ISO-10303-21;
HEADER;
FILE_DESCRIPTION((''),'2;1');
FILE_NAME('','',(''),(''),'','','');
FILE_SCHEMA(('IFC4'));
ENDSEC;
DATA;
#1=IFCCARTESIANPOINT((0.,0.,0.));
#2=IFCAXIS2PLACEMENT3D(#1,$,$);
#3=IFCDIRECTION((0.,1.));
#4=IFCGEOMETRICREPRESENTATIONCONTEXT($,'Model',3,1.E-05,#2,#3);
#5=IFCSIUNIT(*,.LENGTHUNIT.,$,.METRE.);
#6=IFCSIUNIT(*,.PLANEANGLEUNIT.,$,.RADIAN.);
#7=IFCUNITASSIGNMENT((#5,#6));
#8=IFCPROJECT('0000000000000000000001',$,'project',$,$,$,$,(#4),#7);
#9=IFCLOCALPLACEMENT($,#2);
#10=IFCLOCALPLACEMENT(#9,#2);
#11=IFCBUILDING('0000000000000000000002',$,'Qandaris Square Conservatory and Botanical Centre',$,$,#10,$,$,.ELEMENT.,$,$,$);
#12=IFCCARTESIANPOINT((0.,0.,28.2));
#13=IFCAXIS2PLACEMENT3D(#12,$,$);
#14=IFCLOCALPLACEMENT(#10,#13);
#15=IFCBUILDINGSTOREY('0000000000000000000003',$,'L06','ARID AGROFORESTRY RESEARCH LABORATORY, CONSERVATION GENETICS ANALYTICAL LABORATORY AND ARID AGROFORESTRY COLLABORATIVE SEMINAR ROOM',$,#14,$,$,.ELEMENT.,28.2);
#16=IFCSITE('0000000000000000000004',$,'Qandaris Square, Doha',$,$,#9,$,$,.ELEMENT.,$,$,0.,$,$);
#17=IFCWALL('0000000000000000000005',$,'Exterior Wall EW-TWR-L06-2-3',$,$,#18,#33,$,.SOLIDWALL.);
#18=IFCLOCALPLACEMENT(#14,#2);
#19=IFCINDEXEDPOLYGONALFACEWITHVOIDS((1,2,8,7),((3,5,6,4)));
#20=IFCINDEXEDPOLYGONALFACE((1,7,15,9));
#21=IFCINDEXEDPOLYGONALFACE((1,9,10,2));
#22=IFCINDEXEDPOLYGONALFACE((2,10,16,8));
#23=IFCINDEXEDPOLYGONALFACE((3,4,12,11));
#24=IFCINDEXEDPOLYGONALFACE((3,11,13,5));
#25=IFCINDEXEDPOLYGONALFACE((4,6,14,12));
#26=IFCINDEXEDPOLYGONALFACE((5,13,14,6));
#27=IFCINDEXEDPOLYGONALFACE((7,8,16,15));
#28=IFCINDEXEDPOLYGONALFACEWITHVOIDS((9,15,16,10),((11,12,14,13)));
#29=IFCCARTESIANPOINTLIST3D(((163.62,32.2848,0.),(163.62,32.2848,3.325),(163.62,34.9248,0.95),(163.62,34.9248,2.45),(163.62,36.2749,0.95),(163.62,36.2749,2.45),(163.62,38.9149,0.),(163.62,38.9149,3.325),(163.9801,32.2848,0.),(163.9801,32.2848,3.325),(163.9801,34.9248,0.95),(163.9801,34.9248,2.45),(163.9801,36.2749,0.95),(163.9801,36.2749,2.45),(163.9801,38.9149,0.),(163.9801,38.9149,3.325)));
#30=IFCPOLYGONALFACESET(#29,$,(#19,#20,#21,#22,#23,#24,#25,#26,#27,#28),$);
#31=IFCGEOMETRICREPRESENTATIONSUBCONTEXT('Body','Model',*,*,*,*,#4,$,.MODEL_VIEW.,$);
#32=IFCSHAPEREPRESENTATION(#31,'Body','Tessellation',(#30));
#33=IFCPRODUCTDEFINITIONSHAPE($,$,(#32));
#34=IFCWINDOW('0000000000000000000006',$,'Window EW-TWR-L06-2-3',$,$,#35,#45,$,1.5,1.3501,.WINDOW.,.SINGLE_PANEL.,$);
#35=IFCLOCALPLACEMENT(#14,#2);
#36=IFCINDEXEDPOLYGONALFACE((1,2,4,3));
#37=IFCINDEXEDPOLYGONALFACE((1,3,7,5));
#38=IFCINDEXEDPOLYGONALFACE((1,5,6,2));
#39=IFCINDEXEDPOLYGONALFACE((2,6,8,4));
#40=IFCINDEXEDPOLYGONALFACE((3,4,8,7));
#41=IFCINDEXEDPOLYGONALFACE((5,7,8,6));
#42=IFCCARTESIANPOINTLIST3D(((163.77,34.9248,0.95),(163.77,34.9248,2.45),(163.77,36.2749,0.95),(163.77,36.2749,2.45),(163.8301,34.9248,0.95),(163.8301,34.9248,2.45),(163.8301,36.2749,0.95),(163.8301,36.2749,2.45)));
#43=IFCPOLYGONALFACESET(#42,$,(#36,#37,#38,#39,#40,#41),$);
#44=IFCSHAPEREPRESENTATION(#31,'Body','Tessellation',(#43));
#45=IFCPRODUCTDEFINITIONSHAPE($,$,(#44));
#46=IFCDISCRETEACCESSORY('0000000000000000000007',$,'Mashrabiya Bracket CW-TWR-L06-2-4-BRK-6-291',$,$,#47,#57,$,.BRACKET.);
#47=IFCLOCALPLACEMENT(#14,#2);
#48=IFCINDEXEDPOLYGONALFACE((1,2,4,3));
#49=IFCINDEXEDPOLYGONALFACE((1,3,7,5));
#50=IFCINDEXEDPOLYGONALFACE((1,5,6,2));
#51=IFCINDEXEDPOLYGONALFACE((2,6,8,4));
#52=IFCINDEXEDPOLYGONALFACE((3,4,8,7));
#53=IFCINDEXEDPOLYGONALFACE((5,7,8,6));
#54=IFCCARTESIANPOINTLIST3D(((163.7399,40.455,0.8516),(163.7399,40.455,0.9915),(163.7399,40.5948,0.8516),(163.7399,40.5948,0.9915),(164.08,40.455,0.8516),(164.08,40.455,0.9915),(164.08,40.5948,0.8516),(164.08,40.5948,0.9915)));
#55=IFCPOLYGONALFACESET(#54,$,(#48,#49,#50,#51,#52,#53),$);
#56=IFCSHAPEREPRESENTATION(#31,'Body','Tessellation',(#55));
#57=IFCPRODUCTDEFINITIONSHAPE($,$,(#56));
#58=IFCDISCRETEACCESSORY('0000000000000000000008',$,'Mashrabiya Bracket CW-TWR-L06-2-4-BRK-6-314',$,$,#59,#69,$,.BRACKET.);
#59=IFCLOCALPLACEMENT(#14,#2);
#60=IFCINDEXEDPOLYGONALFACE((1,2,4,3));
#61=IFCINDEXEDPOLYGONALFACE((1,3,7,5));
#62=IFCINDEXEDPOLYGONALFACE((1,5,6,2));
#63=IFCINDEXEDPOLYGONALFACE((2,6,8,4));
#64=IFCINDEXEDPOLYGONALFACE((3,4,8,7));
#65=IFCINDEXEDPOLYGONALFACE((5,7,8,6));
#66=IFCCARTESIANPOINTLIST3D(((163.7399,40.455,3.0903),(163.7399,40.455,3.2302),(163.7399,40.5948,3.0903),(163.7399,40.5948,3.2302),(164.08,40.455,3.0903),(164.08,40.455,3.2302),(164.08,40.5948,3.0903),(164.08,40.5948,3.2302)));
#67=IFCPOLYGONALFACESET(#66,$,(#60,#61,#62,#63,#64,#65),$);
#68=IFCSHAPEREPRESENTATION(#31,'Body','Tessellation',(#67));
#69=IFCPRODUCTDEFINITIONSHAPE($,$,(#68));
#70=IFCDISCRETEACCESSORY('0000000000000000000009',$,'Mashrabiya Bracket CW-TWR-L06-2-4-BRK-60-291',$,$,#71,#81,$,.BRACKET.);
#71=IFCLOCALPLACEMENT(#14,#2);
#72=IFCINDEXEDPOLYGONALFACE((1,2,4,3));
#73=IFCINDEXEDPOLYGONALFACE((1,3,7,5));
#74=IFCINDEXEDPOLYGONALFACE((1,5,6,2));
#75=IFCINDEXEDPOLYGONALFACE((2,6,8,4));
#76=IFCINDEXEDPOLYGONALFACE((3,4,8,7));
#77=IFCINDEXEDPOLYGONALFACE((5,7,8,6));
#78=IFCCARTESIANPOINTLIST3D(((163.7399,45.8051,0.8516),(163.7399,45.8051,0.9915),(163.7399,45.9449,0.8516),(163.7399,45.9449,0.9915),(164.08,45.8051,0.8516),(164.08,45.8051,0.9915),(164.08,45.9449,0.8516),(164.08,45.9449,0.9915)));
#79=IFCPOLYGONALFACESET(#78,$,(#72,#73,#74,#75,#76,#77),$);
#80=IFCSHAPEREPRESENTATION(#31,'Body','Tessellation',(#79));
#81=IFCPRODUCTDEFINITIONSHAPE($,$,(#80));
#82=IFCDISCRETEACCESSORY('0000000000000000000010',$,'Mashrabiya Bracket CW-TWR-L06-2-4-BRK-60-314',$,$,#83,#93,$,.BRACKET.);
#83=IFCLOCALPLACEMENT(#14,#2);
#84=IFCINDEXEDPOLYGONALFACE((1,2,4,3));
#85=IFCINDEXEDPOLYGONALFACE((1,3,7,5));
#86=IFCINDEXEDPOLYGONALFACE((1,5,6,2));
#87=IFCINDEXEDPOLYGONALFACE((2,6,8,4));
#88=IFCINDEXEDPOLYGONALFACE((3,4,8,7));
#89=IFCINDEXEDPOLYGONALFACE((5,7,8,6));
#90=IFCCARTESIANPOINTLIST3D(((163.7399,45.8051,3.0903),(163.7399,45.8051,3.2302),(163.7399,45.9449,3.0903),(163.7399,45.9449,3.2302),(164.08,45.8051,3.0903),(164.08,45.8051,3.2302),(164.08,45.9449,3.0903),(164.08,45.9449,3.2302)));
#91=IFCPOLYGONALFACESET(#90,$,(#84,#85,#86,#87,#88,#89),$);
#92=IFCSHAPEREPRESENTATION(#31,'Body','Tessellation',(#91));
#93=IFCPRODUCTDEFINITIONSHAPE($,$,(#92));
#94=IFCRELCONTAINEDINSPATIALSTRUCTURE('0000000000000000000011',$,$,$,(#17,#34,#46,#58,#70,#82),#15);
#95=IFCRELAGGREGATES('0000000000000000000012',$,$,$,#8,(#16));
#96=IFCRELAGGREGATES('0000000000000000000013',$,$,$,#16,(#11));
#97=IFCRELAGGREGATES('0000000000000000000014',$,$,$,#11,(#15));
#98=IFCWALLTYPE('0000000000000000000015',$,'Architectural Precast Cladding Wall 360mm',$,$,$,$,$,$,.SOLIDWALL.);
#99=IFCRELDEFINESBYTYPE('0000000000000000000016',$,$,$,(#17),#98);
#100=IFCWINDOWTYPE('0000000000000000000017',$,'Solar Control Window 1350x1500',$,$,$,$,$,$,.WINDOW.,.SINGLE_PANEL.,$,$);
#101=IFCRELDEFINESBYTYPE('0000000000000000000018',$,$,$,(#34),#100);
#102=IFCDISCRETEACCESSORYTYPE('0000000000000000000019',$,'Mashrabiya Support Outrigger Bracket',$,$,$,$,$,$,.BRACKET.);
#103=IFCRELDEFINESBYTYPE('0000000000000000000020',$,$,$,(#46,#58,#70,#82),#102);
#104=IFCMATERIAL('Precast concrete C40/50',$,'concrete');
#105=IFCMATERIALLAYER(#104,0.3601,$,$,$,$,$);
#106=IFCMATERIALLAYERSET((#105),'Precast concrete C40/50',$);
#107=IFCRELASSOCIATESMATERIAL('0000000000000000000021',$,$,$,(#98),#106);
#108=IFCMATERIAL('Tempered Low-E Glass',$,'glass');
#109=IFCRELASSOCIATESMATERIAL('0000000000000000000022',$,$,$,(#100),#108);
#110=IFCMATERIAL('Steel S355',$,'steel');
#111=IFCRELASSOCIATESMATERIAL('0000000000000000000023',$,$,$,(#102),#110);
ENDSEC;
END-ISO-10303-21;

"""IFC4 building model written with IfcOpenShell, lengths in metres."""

from ifc_helpers import new_model, si_unit, direction, frame, frame_2d, origin, origin_2d, place, context, subcontext, project, spatial, rectangle, extrude, material, layer, layer_set, type_object, element, fill, save


model = new_model("IFC4")

# Units and contexts
model_context = context("Model", 3, precision=1e-05, world=origin(), true_north=direction((0.0, 1.0)))
body_context = subcontext(model_context, "Body", "Model", "MODEL_VIEW")
ifc_project = project(units=[si_unit("LENGTHUNIT", "METRE"), si_unit("PLANEANGLEUNIT", "RADIAN")], contexts=[model_context])

# Site, building, storey
site_placement = place(None, origin())
site = spatial("IfcSite", under=ifc_project, at=site_placement, Name="Qandaris Square, Doha", CompositionType="ELEMENT", RefElevation=0.0)
building_placement = place(site_placement, origin())
building = spatial("IfcBuilding", under=site, at=building_placement, Name="Qandaris Square Conservatory and Botanical Centre", CompositionType="ELEMENT")
storey_placement = place(building_placement, frame((0.0, 0.0, 28.2)))
storey = spatial("IfcBuildingStorey", under=building, at=storey_placement, Name="L06", Description="ARID AGROFORESTRY RESEARCH LABORATORY, CONSERVATION GENETICS ANALYTICAL LABORATORY AND ARID AGROFORESTRY COLLABORATIVE SEMINAR ROOM", CompositionType="ELEMENT", Elevation=28.2)

# Shared definitions
ifc_material_1 = material(Name="Steel S355", Category="steel")

# Shared definitions
ifc_material_2 = material(Name="Tempered Low-E Glass", Category="glass")

# Wall, opening, window
ifc_material_3 = material(Name="Precast concrete C40/50", Category="concrete")
ifc_layer_1 = layer(ifc_material_3, 0.3601)
ifc_layer_set_1 = layer_set([ifc_layer_1], Name="Precast concrete C40/50")
wall_type = type_object("IfcWallType", Name="Architectural Precast Cladding Wall 360mm", PredefinedType="SOLIDWALL", material=ifc_layer_set_1)
wall_placement = place(storey_placement, frame((163.8, 32.2849, 0.0), z_axis=(0.0, 0.0, 1.0), x_axis=(0.0, 1.0, 0.0)))
wall = element("IfcWall", 1, at=wall_placement, inside=storey, type_object=wall_type, Name="Exterior Wall EW-TWR-L06-2-3", PredefinedType="SOLIDWALL", context=body_context, shape_type="SweptSolid", body=[
    extrude(rectangle(XDim=6.6301, YDim=0.3601, at=frame_2d((3.3149, 0.0))), origin(), (0.0, 0.0, 1.0), 3.325),
])
opening_placement = place(wall_placement, frame((2.6399, 0.0, 0.95)))
opening = element("IfcOpeningElement", 2, at=opening_placement, cuts=wall, PredefinedType="OPENING", context=body_context, shape_type="SweptSolid", body=[
    extrude(rectangle(XDim=1.3501, YDim=1.5, at=frame_2d((0.675, 0.75))), frame((0.0, 0.1919, 0.0), z_axis=(0.0, -1.0, 0.0), x_axis=(1.0, 0.0, 0.0)), (0.0, 0.0, 1.0), 0.384),
])
window_type = type_object("IfcWindowType", Name="Solar Control Window 1350x1500", PartitioningType="SINGLE_PANEL", PredefinedType="WINDOW", material=ifc_material_2)
window_placement = place(opening_placement, origin())
window = element("IfcWindow", 3, at=window_placement, inside=storey, type_object=window_type, Name="Window EW-TWR-L06-2-3", OverallHeight=1.5, OverallWidth=1.3501, PartitioningType="SINGLE_PANEL", PredefinedType="WINDOW", context=body_context, shape_type="SweptSolid", body=[
    extrude(rectangle(XDim=1.3501, YDim=1.5, at=frame_2d((0.675, 0.75))), frame((0.0, 0.03, 0.0), z_axis=(0.0, -1.0, 0.0), x_axis=(1.0, 0.0, 0.0)), (0.0, 0.0, 1.0), 0.0601),
])
fill(opening, window)

# Discrete accessories
discrete_accessory_type = type_object("IfcDiscreteAccessoryType", Name="Mashrabiya Support Outrigger Bracket", PredefinedType="BRACKET", material=ifc_material_1)
for number, where, z_axis, x_axis, name in (
    (4, (163.9099, 40.5249, 0.8516), (0.0, 0.0, 1.0), (0.0, 1.0, 0.0), "Mashrabiya Bracket CW-TWR-L06-2-4-BRK-6-291"),
    (5, (163.9099, 40.5249, 3.0903), (0.0, 0.0, 1.0), (0.0, 1.0, 0.0), "Mashrabiya Bracket CW-TWR-L06-2-4-BRK-6-314"),
    (6, (163.9099, 45.875, 0.8516), (0.0, 0.0, 1.0), (0.0, 1.0, 0.0), "Mashrabiya Bracket CW-TWR-L06-2-4-BRK-60-291"),
    (7, (163.9099, 45.875, 3.0903), (0.0, 0.0, 1.0), (0.0, 1.0, 0.0), "Mashrabiya Bracket CW-TWR-L06-2-4-BRK-60-314"),
):
    element("IfcDiscreteAccessory", number, at=place(storey_placement, frame(where, z_axis=z_axis, x_axis=x_axis)), inside=storey, type_object=discrete_accessory_type, Name=name, PredefinedType="BRACKET", context=body_context, shape_type="SweptSolid", body=[
        extrude(rectangle(XDim=0.1399, YDim=0.3401, at=origin_2d()), origin(), (0.0, 0.0, 1.0), 0.1399),
    ])

save(model, "model.ifc")
